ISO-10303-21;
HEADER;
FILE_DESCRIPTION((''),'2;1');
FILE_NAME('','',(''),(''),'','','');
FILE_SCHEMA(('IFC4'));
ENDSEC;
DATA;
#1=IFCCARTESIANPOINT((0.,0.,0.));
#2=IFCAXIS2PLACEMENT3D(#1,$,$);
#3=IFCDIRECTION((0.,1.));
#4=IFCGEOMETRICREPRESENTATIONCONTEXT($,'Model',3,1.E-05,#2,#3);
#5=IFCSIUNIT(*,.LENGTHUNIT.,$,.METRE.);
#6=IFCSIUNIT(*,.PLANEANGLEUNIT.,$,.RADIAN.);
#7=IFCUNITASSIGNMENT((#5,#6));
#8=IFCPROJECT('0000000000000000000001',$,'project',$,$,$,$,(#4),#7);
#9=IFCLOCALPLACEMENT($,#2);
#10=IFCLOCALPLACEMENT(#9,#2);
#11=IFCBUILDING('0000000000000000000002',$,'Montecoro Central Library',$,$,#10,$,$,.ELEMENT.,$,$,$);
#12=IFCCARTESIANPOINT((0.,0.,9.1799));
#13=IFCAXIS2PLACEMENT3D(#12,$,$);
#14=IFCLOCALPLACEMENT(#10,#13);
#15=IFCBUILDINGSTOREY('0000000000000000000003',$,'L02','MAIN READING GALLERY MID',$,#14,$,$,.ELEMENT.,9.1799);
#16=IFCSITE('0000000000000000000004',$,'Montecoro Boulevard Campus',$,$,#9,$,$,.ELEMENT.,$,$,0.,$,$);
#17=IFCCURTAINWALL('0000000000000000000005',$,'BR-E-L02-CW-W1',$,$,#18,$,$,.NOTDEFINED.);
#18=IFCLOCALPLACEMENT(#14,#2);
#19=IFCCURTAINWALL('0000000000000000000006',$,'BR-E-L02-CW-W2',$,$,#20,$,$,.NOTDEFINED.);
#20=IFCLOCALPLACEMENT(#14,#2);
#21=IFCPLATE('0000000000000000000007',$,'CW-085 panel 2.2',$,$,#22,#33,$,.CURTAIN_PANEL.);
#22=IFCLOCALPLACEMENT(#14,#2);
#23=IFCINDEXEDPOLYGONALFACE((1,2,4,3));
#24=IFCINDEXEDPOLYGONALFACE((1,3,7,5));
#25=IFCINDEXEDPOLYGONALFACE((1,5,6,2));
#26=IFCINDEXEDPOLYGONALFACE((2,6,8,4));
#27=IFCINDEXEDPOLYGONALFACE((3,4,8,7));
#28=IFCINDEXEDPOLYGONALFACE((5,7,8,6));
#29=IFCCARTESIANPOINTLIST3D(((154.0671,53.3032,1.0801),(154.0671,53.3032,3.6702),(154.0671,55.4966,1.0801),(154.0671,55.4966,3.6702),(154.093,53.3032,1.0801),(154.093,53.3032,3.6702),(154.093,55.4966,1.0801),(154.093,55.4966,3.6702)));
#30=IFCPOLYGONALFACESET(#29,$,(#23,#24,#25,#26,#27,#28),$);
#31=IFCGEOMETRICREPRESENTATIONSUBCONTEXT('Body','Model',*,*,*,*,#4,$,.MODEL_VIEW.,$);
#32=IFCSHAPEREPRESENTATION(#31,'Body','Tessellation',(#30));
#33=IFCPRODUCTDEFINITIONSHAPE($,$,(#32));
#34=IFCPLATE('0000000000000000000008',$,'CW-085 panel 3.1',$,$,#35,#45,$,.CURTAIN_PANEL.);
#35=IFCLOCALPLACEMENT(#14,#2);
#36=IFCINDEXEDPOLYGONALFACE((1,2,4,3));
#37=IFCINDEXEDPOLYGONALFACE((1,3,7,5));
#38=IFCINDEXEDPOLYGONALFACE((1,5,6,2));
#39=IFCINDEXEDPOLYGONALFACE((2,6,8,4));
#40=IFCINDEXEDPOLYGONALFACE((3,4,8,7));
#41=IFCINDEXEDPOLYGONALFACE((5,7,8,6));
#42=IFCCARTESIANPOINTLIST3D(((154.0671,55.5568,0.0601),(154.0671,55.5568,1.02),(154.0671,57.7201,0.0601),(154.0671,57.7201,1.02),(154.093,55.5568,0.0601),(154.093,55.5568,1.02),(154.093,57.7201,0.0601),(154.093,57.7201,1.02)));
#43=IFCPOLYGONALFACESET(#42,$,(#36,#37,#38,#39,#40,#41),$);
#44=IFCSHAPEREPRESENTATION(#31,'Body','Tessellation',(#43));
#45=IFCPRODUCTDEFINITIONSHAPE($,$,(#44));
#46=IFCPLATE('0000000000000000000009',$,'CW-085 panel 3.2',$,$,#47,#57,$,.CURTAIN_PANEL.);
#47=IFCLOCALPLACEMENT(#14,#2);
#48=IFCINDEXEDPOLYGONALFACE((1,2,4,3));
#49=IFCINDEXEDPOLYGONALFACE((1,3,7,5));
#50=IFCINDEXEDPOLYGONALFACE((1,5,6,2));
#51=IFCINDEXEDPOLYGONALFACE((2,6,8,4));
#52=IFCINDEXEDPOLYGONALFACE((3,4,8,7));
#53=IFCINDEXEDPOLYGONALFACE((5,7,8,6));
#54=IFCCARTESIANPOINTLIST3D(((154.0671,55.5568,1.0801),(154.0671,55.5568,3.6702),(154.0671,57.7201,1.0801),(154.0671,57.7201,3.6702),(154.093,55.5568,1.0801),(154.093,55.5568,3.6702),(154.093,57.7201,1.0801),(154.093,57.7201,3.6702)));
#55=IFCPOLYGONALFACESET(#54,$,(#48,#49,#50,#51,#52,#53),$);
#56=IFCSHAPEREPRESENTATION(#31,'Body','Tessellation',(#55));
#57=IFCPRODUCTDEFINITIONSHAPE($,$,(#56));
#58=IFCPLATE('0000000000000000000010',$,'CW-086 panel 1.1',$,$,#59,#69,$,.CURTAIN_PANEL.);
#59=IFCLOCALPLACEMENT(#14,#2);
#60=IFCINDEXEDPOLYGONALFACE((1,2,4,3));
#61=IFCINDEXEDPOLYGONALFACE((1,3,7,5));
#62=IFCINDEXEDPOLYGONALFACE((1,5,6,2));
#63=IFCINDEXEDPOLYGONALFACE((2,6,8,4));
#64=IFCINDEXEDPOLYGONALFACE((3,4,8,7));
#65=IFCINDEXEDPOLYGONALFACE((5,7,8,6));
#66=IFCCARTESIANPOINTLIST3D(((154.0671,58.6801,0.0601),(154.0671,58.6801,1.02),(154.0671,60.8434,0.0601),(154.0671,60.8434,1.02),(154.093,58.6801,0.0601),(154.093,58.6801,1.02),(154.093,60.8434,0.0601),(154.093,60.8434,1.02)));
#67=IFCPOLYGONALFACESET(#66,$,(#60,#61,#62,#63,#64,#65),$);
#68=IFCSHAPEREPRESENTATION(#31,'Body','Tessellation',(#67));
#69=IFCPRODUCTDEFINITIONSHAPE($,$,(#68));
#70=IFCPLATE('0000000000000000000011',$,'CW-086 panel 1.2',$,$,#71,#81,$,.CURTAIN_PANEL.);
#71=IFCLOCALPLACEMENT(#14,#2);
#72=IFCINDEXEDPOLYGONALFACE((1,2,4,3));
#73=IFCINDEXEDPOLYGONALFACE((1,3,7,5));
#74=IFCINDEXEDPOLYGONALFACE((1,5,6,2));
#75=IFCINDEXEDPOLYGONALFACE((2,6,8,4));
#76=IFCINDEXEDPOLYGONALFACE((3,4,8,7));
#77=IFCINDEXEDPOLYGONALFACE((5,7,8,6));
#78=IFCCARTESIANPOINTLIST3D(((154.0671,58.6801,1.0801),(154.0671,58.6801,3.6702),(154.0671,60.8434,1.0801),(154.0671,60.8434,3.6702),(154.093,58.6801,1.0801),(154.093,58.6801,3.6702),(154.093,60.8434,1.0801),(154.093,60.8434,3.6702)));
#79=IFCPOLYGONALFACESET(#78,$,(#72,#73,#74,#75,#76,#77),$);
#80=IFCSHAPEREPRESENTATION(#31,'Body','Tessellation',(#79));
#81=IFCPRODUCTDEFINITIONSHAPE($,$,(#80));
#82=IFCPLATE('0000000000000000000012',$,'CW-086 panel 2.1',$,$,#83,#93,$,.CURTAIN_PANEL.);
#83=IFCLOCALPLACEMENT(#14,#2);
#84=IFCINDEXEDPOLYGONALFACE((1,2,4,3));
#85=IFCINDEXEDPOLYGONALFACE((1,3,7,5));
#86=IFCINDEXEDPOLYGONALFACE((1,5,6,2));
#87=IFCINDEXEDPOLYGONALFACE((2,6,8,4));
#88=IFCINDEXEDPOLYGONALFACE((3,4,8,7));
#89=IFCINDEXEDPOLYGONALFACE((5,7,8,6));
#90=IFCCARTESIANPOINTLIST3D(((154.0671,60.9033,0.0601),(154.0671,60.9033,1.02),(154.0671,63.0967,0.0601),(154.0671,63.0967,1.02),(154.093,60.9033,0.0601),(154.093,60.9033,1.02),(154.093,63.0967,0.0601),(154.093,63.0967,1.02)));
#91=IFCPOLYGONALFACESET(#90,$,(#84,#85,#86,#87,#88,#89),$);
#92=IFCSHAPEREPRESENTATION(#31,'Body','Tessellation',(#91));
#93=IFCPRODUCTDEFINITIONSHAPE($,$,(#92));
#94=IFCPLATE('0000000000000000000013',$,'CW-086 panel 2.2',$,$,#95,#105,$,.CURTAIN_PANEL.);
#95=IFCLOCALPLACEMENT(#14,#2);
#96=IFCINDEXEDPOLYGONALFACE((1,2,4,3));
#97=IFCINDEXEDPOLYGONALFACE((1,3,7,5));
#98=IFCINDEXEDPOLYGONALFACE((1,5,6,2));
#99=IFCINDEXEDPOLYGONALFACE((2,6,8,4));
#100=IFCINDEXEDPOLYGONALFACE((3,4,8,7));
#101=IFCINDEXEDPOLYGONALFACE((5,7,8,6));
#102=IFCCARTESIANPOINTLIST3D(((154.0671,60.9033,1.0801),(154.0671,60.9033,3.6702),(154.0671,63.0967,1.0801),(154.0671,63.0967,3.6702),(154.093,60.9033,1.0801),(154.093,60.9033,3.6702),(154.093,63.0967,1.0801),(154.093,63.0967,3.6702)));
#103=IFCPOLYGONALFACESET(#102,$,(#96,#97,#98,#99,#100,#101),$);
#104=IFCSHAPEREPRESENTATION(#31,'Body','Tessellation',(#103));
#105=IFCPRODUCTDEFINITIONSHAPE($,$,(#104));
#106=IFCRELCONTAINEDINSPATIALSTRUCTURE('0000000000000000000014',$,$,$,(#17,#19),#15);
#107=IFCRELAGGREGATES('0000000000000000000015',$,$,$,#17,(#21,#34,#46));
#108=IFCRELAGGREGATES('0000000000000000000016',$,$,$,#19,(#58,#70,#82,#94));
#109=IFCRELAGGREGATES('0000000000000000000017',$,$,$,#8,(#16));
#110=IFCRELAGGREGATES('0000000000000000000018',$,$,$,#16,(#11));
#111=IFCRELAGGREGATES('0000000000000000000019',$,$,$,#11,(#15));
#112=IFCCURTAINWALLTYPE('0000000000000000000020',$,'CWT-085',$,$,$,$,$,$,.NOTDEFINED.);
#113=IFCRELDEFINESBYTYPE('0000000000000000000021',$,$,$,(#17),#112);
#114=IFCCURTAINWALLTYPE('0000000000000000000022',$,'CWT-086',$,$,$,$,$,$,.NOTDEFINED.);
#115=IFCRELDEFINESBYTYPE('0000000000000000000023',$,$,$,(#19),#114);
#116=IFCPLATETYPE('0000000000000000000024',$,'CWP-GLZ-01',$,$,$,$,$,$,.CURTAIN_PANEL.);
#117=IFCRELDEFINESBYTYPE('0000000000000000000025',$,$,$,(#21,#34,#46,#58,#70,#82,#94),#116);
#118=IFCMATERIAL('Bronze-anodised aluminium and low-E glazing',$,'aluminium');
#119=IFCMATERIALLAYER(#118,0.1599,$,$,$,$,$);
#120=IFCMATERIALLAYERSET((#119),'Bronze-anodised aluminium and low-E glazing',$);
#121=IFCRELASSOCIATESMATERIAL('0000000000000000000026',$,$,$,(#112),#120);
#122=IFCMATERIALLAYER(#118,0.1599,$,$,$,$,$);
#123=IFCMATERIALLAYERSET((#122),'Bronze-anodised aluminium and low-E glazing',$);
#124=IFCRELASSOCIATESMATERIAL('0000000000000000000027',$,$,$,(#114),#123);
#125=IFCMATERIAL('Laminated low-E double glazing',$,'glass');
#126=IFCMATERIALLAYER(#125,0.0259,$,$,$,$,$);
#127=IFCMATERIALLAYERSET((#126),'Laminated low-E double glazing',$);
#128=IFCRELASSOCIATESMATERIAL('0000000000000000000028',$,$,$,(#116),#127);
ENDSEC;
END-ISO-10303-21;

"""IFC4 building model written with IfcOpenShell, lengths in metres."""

from ifc_helpers import new_model, si_unit, direction, frame, origin, origin_2d, place, context, subcontext, project, spatial, rectangle, extrude, material, layer, layer_set, type_object, element, aggregate, save


model = new_model("IFC4")

# Units and contexts
model_context = context("Model", 3, precision=1e-05, world=origin(), true_north=direction((0.0, 1.0)))
body_context = subcontext(model_context, "Body", "Model", "MODEL_VIEW")
ifc_project = project(units=[si_unit("LENGTHUNIT", "METRE"), si_unit("PLANEANGLEUNIT", "RADIAN")], contexts=[model_context])

# Site, building, storey
site_placement = place(None, origin())
site = spatial("IfcSite", under=ifc_project, at=site_placement, Name="Montecoro Boulevard Campus", CompositionType="ELEMENT", RefElevation=0.0)
building_placement = place(site_placement, origin())
building = spatial("IfcBuilding", under=site, at=building_placement, Name="Montecoro Central Library", CompositionType="ELEMENT")
storey_placement = place(building_placement, frame((0.0, 0.0, 9.1799)))
storey = spatial("IfcBuildingStorey", under=building, at=storey_placement, Name="L02", Description="MAIN READING GALLERY MID", CompositionType="ELEMENT", Elevation=9.1799)

# Curtain walls
ifc_material_1 = material(Name="Bronze-anodised aluminium and low-E glazing", Category="aluminium")
ifc_layer_1 = layer(ifc_material_1, 0.1599)
ifc_layer_set_1 = layer_set([ifc_layer_1], Name="Bronze-anodised aluminium and low-E glazing")
curtain_wall_type_1 = type_object("IfcCurtainWallType", Name="CWT-085", PredefinedType="NOTDEFINED", material=ifc_layer_set_1)
curtain_wall_1_placement = place(storey_placement, origin())
curtain_wall_1 = element("IfcCurtainWall", 1, at=curtain_wall_1_placement, inside=storey, type_object=curtain_wall_type_1, Name="BR-E-L02-CW-W1", PredefinedType="NOTDEFINED")
ifc_layer_2 = layer(ifc_material_1, 0.1599)
ifc_layer_set_2 = layer_set([ifc_layer_2], Name="Bronze-anodised aluminium and low-E glazing")
curtain_wall_type_2 = type_object("IfcCurtainWallType", Name="CWT-086", PredefinedType="NOTDEFINED", material=ifc_layer_set_2)
curtain_wall_2_placement = place(storey_placement, origin())
curtain_wall_2 = element("IfcCurtainWall", 2, at=curtain_wall_2_placement, inside=storey, type_object=curtain_wall_type_2, Name="BR-E-L02-CW-W2", PredefinedType="NOTDEFINED")

# Plates
ifc_material_2 = material(Name="Laminated low-E double glazing", Category="glass")
ifc_layer_3 = layer(ifc_material_2, 0.0259)
ifc_layer_set_3 = layer_set([ifc_layer_3], Name="Laminated low-E double glazing")
plate_type = type_object("IfcPlateType", Name="CWP-GLZ-01", PredefinedType="CURTAIN_PANEL", material=ifc_layer_set_3)
plate_1_placement = place(storey_placement, frame((154.0801, 54.3999, 1.0801), z_axis=(0.0, 0.0, 1.0), x_axis=(0.0, 1.0, 0.0)))
plate_1 = element("IfcPlate", 3, at=plate_1_placement, type_object=plate_type, Name="CW-085 panel 2.2", PredefinedType="CURTAIN_PANEL", context=body_context, shape_type="SweptSolid", body=[
    extrude(rectangle(XDim=2.1934, YDim=0.0259, at=origin_2d()), origin(), (0.0, 0.0, 1.0), 2.5901),
])
plate_2_placement = place(storey_placement, frame((154.0801, 56.6384, 0.0601), z_axis=(0.0, 0.0, 1.0), x_axis=(0.0, 1.0, 0.0)))
plate_2 = element("IfcPlate", 4, at=plate_2_placement, type_object=plate_type, Name="CW-085 panel 3.1", PredefinedType="CURTAIN_PANEL", context=body_context, shape_type="SweptSolid", body=[
    extrude(rectangle(XDim=2.1633, YDim=0.0259, at=origin_2d()), origin(), (0.0, 0.0, 1.0), 0.96),
])
plate_3_placement = place(storey_placement, frame((154.0801, 56.6384, 1.0801), z_axis=(0.0, 0.0, 1.0), x_axis=(0.0, 1.0, 0.0)))
plate_3 = element("IfcPlate", 5, at=plate_3_placement, type_object=plate_type, Name="CW-085 panel 3.2", PredefinedType="CURTAIN_PANEL", context=body_context, shape_type="SweptSolid", body=[
    extrude(rectangle(XDim=2.1633, YDim=0.0259, at=origin_2d()), origin(), (0.0, 0.0, 1.0), 2.5901),
])
aggregate(curtain_wall_1, [plate_1, plate_2, plate_3])
plate_4_placement = place(storey_placement, frame((154.0801, 59.7617, 0.0601), z_axis=(0.0, 0.0, 1.0), x_axis=(0.0, 1.0, 0.0)))
plate_4 = element("IfcPlate", 6, at=plate_4_placement, type_object=plate_type, Name="CW-086 panel 1.1", PredefinedType="CURTAIN_PANEL", context=body_context, shape_type="SweptSolid", body=[
    extrude(rectangle(XDim=2.1633, YDim=0.0259, at=origin_2d()), origin(), (0.0, 0.0, 1.0), 0.96),
])
plate_5_placement = place(storey_placement, frame((154.0801, 59.7617, 1.0801), z_axis=(0.0, 0.0, 1.0), x_axis=(0.0, 1.0, 0.0)))
plate_5 = element("IfcPlate", 7, at=plate_5_placement, type_object=plate_type, Name="CW-086 panel 1.2", PredefinedType="CURTAIN_PANEL", context=body_context, shape_type="SweptSolid", body=[
    extrude(rectangle(XDim=2.1633, YDim=0.0259, at=origin_2d()), origin(), (0.0, 0.0, 1.0), 2.5901),
])
plate_6_placement = place(storey_placement, frame((154.0801, 62.0, 0.0601), z_axis=(0.0, 0.0, 1.0), x_axis=(0.0, 1.0, 0.0)))
plate_6 = element("IfcPlate", 8, at=plate_6_placement, type_object=plate_type, Name="CW-086 panel 2.1", PredefinedType="CURTAIN_PANEL", context=body_context, shape_type="SweptSolid", body=[
    extrude(rectangle(XDim=2.1934, YDim=0.0259, at=origin_2d()), origin(), (0.0, 0.0, 1.0), 0.96),
])
plate_7_placement = place(storey_placement, frame((154.0801, 62.0, 1.0801), z_axis=(0.0, 0.0, 1.0), x_axis=(0.0, 1.0, 0.0)))
plate_7 = element("IfcPlate", 9, at=plate_7_placement, type_object=plate_type, Name="CW-086 panel 2.2", PredefinedType="CURTAIN_PANEL", context=body_context, shape_type="SweptSolid", body=[
    extrude(rectangle(XDim=2.1934, YDim=0.0259, at=origin_2d()), origin(), (0.0, 0.0, 1.0), 2.5901),
])
aggregate(curtain_wall_2, [plate_4, plate_5, plate_6, plate_7])

save(model, "model.ifc")
